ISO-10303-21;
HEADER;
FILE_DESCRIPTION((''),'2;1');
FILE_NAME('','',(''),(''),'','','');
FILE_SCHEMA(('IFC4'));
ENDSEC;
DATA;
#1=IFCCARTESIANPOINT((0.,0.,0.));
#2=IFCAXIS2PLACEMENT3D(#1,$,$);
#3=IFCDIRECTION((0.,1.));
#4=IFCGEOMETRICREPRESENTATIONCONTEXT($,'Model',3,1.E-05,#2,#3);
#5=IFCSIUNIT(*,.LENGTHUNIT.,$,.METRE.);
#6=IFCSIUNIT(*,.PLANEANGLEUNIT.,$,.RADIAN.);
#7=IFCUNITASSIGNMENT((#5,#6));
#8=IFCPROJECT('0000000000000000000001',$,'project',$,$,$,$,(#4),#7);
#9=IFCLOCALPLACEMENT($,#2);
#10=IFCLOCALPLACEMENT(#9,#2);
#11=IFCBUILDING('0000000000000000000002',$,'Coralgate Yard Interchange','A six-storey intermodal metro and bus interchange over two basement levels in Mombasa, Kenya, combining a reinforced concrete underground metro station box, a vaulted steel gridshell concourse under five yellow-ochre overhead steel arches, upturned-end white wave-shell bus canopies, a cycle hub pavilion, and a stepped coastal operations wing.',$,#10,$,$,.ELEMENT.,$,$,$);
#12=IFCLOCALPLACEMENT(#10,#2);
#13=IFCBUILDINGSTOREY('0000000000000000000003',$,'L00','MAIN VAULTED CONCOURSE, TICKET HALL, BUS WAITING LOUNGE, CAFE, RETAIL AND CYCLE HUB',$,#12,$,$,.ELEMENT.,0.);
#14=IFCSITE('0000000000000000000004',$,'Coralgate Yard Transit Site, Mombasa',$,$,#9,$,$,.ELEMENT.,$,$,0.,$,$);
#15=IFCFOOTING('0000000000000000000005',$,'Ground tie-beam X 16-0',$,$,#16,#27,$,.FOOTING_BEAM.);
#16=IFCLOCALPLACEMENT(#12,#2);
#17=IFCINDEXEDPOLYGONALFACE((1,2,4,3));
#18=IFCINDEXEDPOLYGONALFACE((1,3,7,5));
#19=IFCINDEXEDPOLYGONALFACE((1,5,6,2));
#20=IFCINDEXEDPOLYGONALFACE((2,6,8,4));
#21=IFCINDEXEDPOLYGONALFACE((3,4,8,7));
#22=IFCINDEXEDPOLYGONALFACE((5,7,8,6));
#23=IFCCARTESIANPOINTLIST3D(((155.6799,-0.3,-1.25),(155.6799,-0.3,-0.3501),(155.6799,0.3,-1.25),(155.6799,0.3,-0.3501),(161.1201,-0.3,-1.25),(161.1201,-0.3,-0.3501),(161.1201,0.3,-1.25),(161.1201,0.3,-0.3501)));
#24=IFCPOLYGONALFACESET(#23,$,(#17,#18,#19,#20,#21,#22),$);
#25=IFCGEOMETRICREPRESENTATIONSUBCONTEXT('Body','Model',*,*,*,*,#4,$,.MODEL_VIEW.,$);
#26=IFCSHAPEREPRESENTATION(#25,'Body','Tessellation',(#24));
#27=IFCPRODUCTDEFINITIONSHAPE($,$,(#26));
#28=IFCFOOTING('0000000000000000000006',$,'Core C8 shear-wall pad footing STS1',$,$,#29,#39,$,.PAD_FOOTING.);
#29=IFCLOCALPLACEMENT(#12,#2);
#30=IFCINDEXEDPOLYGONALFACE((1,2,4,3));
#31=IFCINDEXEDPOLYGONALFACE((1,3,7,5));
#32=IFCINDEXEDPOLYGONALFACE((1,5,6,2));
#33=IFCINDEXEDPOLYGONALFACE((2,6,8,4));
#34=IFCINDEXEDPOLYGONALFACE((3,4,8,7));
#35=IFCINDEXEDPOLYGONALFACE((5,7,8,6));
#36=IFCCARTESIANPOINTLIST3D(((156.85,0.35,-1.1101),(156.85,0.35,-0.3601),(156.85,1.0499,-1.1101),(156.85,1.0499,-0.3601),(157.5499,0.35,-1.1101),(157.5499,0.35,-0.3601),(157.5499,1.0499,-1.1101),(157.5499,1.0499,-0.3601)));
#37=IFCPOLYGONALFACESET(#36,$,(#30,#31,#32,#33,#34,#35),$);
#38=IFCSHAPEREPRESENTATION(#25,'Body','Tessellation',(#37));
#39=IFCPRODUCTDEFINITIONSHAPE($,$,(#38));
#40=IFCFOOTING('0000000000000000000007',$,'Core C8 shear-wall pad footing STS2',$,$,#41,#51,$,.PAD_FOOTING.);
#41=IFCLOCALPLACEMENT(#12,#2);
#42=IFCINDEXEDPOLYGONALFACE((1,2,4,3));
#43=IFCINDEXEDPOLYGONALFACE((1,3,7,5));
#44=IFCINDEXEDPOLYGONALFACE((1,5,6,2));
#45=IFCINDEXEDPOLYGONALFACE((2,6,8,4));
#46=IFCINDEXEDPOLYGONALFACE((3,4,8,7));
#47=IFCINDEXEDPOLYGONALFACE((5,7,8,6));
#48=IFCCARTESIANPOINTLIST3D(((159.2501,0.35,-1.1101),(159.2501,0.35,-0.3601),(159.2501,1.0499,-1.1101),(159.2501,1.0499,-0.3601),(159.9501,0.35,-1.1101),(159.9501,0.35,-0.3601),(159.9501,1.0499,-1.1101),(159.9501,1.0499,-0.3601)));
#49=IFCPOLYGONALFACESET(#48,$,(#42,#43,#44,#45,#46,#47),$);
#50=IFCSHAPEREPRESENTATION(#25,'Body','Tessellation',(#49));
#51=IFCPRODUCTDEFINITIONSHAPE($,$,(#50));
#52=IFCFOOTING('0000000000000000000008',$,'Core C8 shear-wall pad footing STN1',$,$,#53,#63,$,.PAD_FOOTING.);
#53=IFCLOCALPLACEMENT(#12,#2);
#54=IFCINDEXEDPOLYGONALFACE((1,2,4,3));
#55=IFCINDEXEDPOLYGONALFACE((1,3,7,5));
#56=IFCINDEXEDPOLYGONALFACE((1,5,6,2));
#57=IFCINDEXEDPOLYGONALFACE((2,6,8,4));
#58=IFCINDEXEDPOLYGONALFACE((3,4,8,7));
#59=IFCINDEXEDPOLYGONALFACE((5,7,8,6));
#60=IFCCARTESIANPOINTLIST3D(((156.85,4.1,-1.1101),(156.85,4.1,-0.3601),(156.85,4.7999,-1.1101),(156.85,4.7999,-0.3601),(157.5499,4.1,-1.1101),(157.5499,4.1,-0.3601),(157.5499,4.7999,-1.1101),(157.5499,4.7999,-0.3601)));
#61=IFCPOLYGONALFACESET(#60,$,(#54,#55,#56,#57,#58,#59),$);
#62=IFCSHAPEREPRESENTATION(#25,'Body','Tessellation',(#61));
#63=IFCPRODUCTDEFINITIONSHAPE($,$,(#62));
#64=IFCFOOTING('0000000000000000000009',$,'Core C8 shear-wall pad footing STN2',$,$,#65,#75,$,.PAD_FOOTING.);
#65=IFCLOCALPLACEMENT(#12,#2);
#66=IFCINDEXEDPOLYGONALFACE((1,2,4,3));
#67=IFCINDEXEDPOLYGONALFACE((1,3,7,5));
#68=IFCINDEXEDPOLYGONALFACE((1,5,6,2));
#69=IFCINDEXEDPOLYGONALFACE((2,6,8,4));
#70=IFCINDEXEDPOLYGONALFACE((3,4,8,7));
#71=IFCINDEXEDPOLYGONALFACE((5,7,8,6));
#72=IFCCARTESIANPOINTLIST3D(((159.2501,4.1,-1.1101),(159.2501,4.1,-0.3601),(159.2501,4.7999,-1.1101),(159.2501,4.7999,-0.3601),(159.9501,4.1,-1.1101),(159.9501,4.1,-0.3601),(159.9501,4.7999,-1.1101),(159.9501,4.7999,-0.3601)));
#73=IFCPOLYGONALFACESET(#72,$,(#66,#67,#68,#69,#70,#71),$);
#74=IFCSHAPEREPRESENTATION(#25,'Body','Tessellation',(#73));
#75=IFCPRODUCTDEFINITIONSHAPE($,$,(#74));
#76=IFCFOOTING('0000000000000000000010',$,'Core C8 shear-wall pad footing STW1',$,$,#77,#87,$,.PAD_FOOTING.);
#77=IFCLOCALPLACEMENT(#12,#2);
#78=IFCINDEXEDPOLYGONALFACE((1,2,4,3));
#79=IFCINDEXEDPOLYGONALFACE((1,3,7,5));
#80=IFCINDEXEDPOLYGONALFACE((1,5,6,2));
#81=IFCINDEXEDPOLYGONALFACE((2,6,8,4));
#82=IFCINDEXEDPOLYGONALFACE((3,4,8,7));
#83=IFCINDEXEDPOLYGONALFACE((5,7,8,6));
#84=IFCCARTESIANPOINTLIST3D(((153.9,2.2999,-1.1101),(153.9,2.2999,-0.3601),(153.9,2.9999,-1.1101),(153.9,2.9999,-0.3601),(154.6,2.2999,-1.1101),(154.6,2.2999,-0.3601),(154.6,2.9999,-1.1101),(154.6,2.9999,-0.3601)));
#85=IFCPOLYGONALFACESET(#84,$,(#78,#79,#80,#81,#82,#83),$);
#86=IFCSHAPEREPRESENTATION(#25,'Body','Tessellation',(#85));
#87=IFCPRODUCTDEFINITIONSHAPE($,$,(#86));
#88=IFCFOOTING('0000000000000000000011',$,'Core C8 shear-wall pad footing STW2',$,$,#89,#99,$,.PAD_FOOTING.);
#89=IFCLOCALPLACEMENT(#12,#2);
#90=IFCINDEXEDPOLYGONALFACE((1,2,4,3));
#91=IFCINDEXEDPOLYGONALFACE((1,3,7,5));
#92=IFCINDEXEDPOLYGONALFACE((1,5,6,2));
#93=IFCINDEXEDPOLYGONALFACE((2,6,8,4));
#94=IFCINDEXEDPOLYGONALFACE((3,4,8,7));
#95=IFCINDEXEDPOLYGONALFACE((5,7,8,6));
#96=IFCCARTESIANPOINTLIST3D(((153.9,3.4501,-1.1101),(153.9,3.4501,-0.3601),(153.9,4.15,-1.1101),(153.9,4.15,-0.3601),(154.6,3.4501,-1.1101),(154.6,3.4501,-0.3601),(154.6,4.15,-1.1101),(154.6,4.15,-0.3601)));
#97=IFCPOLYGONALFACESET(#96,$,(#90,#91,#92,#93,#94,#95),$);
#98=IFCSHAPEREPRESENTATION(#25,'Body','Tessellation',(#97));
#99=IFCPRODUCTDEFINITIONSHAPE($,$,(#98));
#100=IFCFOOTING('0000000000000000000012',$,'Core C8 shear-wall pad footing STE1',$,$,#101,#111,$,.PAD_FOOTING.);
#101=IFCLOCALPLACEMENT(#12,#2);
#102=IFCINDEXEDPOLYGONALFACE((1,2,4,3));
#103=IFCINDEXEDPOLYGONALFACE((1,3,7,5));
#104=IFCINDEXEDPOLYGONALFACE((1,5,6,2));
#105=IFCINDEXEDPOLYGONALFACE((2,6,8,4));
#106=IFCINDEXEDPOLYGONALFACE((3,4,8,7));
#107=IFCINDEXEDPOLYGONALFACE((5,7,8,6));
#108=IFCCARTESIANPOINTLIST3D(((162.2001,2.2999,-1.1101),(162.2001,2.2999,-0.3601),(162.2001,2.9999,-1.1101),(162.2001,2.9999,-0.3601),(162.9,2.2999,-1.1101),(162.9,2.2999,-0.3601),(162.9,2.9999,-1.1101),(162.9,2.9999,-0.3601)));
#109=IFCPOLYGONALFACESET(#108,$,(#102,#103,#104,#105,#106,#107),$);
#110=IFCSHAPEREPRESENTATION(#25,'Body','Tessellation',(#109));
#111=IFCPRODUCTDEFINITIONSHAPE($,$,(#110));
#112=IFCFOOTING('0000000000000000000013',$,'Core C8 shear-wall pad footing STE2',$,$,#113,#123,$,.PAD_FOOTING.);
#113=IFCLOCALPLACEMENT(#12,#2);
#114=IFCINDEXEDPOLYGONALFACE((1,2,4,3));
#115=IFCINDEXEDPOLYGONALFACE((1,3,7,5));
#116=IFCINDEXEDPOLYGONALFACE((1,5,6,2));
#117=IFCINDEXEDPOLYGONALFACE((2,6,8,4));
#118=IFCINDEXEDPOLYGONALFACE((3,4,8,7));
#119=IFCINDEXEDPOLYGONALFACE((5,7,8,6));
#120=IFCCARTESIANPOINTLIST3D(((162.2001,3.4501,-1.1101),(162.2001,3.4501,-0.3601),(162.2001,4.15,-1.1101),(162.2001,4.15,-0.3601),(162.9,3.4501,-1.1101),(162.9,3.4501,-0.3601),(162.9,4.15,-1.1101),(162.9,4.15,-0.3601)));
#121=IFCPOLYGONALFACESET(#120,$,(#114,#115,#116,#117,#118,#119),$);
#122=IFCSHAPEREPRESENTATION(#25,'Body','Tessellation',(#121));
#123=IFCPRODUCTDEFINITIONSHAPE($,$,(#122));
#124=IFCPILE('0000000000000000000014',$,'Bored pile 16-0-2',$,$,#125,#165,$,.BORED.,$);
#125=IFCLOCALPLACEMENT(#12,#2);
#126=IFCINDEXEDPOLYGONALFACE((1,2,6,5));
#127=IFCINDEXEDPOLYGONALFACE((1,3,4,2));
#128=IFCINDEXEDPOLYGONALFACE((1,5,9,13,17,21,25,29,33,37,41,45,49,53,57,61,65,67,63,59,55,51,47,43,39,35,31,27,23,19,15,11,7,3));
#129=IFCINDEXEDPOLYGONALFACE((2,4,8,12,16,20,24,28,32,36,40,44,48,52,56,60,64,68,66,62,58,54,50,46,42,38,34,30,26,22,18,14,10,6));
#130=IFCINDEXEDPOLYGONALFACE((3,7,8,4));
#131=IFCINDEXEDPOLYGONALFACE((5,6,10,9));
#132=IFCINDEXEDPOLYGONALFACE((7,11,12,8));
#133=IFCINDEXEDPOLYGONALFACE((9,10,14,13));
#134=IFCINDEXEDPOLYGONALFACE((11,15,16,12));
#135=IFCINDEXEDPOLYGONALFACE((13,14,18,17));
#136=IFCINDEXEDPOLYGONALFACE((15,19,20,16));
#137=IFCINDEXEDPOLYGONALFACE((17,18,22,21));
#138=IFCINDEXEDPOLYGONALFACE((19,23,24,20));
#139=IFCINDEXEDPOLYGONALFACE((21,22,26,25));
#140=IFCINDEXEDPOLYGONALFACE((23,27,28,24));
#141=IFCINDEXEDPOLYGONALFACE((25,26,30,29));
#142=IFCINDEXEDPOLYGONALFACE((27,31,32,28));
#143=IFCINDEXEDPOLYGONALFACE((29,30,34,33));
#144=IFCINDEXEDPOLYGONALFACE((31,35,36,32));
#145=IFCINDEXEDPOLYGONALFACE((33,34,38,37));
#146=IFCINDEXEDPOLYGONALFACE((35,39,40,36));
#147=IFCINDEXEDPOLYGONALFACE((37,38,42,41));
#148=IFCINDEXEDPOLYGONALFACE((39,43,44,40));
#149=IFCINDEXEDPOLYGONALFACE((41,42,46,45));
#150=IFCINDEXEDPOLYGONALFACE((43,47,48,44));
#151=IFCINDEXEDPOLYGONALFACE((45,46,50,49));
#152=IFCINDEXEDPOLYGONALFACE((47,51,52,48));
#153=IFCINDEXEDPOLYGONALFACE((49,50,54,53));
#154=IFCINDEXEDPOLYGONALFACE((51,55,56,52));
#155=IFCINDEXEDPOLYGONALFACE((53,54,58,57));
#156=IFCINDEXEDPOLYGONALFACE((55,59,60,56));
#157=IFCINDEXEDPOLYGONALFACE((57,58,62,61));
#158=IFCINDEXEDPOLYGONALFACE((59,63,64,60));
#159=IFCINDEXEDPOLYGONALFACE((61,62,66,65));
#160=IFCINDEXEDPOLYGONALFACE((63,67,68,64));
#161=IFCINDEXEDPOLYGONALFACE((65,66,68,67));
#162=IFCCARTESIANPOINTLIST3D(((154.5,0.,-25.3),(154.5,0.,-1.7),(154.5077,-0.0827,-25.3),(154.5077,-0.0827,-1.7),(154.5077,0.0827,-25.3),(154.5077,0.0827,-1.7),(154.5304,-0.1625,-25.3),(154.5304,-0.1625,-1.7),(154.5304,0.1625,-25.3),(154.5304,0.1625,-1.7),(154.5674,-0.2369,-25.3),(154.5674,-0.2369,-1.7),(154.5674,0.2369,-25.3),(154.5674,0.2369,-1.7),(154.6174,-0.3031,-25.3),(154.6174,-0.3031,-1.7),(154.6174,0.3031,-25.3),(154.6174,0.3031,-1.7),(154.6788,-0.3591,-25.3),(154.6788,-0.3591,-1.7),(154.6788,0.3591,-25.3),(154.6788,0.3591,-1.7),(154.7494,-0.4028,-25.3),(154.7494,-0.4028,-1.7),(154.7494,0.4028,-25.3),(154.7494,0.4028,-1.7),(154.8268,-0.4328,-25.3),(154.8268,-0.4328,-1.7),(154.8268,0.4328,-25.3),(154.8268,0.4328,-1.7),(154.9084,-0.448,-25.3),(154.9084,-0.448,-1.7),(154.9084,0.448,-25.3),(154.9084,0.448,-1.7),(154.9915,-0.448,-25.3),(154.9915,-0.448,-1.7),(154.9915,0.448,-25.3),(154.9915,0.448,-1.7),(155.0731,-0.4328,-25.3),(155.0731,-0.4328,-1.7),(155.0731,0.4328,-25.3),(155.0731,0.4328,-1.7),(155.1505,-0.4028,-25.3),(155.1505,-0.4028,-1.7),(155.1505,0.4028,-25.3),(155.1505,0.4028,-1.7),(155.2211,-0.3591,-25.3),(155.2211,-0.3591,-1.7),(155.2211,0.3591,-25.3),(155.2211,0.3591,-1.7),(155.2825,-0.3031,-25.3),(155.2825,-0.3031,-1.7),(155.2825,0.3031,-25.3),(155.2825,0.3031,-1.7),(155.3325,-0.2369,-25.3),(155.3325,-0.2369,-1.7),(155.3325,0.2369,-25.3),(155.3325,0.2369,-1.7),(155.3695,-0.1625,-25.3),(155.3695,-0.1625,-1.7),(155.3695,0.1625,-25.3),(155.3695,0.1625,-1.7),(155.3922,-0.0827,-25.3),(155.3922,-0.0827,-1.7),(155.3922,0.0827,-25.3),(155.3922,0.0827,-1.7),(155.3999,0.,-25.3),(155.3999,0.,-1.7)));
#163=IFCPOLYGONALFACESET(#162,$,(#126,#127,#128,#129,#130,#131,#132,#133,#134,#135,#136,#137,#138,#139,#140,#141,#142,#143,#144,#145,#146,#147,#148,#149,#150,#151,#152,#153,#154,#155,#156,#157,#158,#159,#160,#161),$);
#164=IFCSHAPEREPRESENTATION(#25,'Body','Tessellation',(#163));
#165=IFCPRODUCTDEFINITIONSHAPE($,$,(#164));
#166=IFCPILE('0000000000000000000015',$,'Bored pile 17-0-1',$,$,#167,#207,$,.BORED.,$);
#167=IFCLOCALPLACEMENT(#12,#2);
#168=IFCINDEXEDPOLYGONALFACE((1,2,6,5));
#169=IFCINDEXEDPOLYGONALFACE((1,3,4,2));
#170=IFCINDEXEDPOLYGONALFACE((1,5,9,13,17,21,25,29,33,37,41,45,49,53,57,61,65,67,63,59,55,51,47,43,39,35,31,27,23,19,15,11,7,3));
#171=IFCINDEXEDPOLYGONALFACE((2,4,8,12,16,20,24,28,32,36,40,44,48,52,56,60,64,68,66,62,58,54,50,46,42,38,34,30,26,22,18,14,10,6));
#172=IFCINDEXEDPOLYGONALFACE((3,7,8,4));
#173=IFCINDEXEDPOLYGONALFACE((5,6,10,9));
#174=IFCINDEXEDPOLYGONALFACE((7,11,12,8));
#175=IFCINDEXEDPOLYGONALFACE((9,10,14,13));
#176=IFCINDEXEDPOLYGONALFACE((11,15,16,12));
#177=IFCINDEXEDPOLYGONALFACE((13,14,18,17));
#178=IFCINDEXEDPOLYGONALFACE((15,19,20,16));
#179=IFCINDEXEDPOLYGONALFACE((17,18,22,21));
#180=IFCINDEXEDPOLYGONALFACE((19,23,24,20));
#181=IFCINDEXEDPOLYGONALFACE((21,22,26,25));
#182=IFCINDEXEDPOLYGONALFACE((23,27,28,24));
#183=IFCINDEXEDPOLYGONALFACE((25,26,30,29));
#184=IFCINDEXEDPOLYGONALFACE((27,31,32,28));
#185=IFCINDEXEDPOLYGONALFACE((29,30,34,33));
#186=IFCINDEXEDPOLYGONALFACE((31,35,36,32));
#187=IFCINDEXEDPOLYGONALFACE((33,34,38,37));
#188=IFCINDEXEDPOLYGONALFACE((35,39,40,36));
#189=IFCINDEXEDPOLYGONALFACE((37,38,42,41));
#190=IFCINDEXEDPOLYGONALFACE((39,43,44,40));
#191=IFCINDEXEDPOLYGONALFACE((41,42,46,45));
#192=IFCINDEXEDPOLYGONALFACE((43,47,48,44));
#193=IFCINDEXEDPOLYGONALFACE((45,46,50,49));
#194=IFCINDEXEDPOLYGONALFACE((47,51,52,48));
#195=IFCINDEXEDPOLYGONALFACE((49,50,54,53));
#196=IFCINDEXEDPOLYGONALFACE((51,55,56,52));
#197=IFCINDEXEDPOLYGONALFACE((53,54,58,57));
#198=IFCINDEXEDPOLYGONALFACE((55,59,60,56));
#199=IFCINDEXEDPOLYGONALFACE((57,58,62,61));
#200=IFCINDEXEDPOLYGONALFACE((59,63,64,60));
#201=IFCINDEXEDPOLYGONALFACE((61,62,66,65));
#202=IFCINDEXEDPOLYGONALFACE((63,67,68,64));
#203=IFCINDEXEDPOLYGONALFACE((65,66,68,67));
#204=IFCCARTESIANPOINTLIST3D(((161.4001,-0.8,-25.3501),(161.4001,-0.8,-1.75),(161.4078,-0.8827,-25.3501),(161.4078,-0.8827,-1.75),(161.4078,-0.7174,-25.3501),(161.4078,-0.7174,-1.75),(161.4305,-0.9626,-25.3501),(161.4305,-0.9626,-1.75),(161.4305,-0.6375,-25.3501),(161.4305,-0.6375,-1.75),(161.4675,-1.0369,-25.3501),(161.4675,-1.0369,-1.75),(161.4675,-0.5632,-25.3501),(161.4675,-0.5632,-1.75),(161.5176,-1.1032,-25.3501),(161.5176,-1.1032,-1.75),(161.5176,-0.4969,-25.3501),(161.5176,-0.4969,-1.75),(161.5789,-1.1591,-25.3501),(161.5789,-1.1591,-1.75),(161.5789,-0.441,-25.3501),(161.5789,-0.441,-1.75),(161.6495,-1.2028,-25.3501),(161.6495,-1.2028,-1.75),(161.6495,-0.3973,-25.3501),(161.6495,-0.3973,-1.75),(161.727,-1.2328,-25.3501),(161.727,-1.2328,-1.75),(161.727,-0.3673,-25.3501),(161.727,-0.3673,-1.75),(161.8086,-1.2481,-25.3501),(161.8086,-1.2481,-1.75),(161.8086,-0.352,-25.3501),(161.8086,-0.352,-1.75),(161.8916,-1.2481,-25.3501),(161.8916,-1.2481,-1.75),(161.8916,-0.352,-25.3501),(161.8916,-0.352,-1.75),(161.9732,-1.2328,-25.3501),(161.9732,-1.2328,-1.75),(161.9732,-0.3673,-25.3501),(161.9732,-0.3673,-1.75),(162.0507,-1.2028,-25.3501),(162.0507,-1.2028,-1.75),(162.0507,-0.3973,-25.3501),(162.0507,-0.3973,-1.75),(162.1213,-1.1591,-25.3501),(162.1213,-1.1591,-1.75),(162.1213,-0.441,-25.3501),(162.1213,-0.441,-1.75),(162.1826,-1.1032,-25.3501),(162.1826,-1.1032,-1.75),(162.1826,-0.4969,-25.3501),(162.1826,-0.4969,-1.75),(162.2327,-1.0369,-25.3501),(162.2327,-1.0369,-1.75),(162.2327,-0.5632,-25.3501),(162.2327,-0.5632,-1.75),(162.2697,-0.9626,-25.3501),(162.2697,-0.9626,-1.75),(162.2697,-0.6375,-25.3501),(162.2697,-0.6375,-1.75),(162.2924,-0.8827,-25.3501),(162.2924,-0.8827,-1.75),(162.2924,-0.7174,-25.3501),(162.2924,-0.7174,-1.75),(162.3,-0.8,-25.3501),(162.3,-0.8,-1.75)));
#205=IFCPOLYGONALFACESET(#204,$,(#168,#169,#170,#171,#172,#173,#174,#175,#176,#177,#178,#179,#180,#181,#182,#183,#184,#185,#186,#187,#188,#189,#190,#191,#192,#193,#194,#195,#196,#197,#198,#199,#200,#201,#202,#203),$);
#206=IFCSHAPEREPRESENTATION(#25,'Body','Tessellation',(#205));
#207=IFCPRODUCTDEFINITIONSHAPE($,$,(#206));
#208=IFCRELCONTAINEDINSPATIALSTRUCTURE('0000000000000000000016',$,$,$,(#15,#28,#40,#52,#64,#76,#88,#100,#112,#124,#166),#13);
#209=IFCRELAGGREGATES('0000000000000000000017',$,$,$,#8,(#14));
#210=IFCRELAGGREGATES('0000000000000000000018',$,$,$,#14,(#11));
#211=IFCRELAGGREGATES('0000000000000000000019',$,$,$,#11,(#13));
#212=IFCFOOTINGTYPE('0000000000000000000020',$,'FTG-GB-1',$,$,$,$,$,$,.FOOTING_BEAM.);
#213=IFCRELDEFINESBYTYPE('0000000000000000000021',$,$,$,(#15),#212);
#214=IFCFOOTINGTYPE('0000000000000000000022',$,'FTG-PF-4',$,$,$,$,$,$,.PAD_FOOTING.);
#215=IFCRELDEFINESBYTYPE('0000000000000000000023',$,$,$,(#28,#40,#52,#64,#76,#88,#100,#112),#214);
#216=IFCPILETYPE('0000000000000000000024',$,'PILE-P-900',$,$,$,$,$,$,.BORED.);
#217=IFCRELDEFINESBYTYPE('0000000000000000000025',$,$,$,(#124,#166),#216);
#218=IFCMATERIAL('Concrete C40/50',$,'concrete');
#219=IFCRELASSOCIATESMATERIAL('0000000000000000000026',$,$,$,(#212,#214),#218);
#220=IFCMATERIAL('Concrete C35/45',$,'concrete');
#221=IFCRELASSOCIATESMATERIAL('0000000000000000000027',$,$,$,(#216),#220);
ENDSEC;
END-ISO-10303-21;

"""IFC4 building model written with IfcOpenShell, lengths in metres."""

from ifc_helpers import new_model, si_unit, direction, frame, origin, origin_2d, place, context, subcontext, project, spatial, rectangle, circle, extrude, material, material_profile, profile_set, type_object, element, save


model = new_model("IFC4")

# Units and contexts
model_context = context("Model", 3, precision=1e-05, world=origin(), true_north=direction((0.0, 1.0)))
body_context = subcontext(model_context, "Body", "Model", "MODEL_VIEW")
ifc_project = project(units=[si_unit("LENGTHUNIT", "METRE"), si_unit("PLANEANGLEUNIT", "RADIAN")], contexts=[model_context])

# Site, building, storey
site_placement = place(None, origin())
site = spatial("IfcSite", under=ifc_project, at=site_placement, Name="Coralgate Yard Transit Site, Mombasa", CompositionType="ELEMENT", RefElevation=0.0)
building_placement = place(site_placement, origin())
building = spatial("IfcBuilding", under=site, at=building_placement, Name="Coralgate Yard Interchange", Description="A six-storey intermodal metro and bus interchange over two basement levels in Mombasa, Kenya, combining a reinforced concrete underground metro station box, a vaulted steel gridshell concourse under five yellow-ochre overhead steel arches, upturned-end white wave-shell bus canopies, a cycle hub pavilion, and a stepped coastal operations wing.", CompositionType="ELEMENT")
storey_placement = place(building_placement, origin())
storey = spatial("IfcBuildingStorey", under=building, at=storey_placement, Name="L00", Description="MAIN VAULTED CONCOURSE, TICKET HALL, BUS WAITING LOUNGE, CAFE, RETAIL AND CYCLE HUB", CompositionType="ELEMENT", Elevation=0.0)

# Footings
ifc_material_1 = material(Name="Concrete C40/50", Category="concrete")
ifc_material_profile_1 = material_profile(ifc_material_1, rectangle(XDim=0.6001, YDim=0.8999, at=origin_2d()), Name="RC 600x900")
ifc_profile_set_1 = profile_set([ifc_material_profile_1], Name="Concrete C40/50")
footing_type_1 = type_object("IfcFootingType", Name="FTG-GB-1", PredefinedType="FOOTING_BEAM", material=ifc_profile_set_1)
footing_placement = place(storey_placement, frame((155.6799, 0.0, -0.8), z_axis=(1.0, 0.0, 0.0), x_axis=(0.0, 1.0, 0.0)))
element("IfcFooting", 1, at=footing_placement, inside=storey, type_object=footing_type_1, Name="Ground tie-beam X 16-0", PredefinedType="FOOTING_BEAM", context=body_context, shape_type="SweptSolid", body=[
    extrude(rectangle(XDim=0.6001, YDim=0.8999, at=origin_2d()), origin(), (0.0, 0.0, 1.0), 5.4402),
])
footing_type_2 = type_object("IfcFootingType", Name="FTG-PF-4", PredefinedType="PAD_FOOTING", material=ifc_material_1)
for number, where, z_axis, x_axis, name in (
    (2, (157.2, 0.7, -1.1101), (0.0, 0.0, 1.0), (1.0, 0.0, 0.0), "Core C8 shear-wall pad footing STS1"),
    (3, (159.6001, 0.7, -1.1101), (0.0, 0.0, 1.0), (1.0, 0.0, 0.0), "Core C8 shear-wall pad footing STS2"),
    (4, (157.2, 4.45, -1.1101), (0.0, 0.0, 1.0), (1.0, 0.0, 0.0), "Core C8 shear-wall pad footing STN1"),
    (5, (159.6001, 4.45, -1.1101), (0.0, 0.0, 1.0), (1.0, 0.0, 0.0), "Core C8 shear-wall pad footing STN2"),
    (6, (154.25, 2.6499, -1.1101), (0.0, 0.0, 1.0), (1.0, 0.0, 0.0), "Core C8 shear-wall pad footing STW1"),
    (7, (154.25, 3.8, -1.1101), (0.0, 0.0, 1.0), (1.0, 0.0, 0.0), "Core C8 shear-wall pad footing STW2"),
    (8, (162.55, 2.6499, -1.1101), (0.0, 0.0, 1.0), (1.0, 0.0, 0.0), "Core C8 shear-wall pad footing STE1"),
    (9, (162.55, 3.8, -1.1101), (0.0, 0.0, 1.0), (1.0, 0.0, 0.0), "Core C8 shear-wall pad footing STE2"),
):
    element("IfcFooting", number, at=place(storey_placement, frame(where, z_axis=z_axis, x_axis=x_axis)), inside=storey, type_object=footing_type_2, Name=name, PredefinedType="PAD_FOOTING", context=body_context, shape_type="SweptSolid", body=[
        extrude(rectangle(XDim=0.7, YDim=0.7, at=origin_2d()), origin(), (0.0, 0.0, 1.0), 0.75),
    ])

# Piles
ifc_material_2 = material(Name="Concrete C35/45", Category="concrete")
ifc_material_profile_2 = material_profile(ifc_material_2, circle(Radius=0.45, at=origin_2d()), Name="BORED PILE D900")
ifc_profile_set_2 = profile_set([ifc_material_profile_2], Name="Concrete C35/45")
pile_type = type_object("IfcPileType", Name="PILE-P-900", PredefinedType="BORED", material=ifc_profile_set_2)
for number, where, z_axis, x_axis, name in (
    (10, (154.95, 0.0, -1.7), (0.0, 0.0, -1.0), (1.0, 0.0, 0.0), "Bored pile 16-0-2"),
    (11, (161.8501, -0.8, -1.75), (0.0, 0.0, -1.0), (1.0, 0.0, 0.0), "Bored pile 17-0-1"),
):
    element("IfcPile", number, at=place(storey_placement, frame(where, z_axis=z_axis, x_axis=x_axis)), inside=storey, type_object=pile_type, Name=name, PredefinedType="BORED", context=body_context, shape_type="SweptSolid", body=[
        extrude(circle(Radius=0.45, at=origin_2d()), origin(), (0.0, 0.0, 1.0), 23.6001),
    ])

save(model, "model.ifc")
